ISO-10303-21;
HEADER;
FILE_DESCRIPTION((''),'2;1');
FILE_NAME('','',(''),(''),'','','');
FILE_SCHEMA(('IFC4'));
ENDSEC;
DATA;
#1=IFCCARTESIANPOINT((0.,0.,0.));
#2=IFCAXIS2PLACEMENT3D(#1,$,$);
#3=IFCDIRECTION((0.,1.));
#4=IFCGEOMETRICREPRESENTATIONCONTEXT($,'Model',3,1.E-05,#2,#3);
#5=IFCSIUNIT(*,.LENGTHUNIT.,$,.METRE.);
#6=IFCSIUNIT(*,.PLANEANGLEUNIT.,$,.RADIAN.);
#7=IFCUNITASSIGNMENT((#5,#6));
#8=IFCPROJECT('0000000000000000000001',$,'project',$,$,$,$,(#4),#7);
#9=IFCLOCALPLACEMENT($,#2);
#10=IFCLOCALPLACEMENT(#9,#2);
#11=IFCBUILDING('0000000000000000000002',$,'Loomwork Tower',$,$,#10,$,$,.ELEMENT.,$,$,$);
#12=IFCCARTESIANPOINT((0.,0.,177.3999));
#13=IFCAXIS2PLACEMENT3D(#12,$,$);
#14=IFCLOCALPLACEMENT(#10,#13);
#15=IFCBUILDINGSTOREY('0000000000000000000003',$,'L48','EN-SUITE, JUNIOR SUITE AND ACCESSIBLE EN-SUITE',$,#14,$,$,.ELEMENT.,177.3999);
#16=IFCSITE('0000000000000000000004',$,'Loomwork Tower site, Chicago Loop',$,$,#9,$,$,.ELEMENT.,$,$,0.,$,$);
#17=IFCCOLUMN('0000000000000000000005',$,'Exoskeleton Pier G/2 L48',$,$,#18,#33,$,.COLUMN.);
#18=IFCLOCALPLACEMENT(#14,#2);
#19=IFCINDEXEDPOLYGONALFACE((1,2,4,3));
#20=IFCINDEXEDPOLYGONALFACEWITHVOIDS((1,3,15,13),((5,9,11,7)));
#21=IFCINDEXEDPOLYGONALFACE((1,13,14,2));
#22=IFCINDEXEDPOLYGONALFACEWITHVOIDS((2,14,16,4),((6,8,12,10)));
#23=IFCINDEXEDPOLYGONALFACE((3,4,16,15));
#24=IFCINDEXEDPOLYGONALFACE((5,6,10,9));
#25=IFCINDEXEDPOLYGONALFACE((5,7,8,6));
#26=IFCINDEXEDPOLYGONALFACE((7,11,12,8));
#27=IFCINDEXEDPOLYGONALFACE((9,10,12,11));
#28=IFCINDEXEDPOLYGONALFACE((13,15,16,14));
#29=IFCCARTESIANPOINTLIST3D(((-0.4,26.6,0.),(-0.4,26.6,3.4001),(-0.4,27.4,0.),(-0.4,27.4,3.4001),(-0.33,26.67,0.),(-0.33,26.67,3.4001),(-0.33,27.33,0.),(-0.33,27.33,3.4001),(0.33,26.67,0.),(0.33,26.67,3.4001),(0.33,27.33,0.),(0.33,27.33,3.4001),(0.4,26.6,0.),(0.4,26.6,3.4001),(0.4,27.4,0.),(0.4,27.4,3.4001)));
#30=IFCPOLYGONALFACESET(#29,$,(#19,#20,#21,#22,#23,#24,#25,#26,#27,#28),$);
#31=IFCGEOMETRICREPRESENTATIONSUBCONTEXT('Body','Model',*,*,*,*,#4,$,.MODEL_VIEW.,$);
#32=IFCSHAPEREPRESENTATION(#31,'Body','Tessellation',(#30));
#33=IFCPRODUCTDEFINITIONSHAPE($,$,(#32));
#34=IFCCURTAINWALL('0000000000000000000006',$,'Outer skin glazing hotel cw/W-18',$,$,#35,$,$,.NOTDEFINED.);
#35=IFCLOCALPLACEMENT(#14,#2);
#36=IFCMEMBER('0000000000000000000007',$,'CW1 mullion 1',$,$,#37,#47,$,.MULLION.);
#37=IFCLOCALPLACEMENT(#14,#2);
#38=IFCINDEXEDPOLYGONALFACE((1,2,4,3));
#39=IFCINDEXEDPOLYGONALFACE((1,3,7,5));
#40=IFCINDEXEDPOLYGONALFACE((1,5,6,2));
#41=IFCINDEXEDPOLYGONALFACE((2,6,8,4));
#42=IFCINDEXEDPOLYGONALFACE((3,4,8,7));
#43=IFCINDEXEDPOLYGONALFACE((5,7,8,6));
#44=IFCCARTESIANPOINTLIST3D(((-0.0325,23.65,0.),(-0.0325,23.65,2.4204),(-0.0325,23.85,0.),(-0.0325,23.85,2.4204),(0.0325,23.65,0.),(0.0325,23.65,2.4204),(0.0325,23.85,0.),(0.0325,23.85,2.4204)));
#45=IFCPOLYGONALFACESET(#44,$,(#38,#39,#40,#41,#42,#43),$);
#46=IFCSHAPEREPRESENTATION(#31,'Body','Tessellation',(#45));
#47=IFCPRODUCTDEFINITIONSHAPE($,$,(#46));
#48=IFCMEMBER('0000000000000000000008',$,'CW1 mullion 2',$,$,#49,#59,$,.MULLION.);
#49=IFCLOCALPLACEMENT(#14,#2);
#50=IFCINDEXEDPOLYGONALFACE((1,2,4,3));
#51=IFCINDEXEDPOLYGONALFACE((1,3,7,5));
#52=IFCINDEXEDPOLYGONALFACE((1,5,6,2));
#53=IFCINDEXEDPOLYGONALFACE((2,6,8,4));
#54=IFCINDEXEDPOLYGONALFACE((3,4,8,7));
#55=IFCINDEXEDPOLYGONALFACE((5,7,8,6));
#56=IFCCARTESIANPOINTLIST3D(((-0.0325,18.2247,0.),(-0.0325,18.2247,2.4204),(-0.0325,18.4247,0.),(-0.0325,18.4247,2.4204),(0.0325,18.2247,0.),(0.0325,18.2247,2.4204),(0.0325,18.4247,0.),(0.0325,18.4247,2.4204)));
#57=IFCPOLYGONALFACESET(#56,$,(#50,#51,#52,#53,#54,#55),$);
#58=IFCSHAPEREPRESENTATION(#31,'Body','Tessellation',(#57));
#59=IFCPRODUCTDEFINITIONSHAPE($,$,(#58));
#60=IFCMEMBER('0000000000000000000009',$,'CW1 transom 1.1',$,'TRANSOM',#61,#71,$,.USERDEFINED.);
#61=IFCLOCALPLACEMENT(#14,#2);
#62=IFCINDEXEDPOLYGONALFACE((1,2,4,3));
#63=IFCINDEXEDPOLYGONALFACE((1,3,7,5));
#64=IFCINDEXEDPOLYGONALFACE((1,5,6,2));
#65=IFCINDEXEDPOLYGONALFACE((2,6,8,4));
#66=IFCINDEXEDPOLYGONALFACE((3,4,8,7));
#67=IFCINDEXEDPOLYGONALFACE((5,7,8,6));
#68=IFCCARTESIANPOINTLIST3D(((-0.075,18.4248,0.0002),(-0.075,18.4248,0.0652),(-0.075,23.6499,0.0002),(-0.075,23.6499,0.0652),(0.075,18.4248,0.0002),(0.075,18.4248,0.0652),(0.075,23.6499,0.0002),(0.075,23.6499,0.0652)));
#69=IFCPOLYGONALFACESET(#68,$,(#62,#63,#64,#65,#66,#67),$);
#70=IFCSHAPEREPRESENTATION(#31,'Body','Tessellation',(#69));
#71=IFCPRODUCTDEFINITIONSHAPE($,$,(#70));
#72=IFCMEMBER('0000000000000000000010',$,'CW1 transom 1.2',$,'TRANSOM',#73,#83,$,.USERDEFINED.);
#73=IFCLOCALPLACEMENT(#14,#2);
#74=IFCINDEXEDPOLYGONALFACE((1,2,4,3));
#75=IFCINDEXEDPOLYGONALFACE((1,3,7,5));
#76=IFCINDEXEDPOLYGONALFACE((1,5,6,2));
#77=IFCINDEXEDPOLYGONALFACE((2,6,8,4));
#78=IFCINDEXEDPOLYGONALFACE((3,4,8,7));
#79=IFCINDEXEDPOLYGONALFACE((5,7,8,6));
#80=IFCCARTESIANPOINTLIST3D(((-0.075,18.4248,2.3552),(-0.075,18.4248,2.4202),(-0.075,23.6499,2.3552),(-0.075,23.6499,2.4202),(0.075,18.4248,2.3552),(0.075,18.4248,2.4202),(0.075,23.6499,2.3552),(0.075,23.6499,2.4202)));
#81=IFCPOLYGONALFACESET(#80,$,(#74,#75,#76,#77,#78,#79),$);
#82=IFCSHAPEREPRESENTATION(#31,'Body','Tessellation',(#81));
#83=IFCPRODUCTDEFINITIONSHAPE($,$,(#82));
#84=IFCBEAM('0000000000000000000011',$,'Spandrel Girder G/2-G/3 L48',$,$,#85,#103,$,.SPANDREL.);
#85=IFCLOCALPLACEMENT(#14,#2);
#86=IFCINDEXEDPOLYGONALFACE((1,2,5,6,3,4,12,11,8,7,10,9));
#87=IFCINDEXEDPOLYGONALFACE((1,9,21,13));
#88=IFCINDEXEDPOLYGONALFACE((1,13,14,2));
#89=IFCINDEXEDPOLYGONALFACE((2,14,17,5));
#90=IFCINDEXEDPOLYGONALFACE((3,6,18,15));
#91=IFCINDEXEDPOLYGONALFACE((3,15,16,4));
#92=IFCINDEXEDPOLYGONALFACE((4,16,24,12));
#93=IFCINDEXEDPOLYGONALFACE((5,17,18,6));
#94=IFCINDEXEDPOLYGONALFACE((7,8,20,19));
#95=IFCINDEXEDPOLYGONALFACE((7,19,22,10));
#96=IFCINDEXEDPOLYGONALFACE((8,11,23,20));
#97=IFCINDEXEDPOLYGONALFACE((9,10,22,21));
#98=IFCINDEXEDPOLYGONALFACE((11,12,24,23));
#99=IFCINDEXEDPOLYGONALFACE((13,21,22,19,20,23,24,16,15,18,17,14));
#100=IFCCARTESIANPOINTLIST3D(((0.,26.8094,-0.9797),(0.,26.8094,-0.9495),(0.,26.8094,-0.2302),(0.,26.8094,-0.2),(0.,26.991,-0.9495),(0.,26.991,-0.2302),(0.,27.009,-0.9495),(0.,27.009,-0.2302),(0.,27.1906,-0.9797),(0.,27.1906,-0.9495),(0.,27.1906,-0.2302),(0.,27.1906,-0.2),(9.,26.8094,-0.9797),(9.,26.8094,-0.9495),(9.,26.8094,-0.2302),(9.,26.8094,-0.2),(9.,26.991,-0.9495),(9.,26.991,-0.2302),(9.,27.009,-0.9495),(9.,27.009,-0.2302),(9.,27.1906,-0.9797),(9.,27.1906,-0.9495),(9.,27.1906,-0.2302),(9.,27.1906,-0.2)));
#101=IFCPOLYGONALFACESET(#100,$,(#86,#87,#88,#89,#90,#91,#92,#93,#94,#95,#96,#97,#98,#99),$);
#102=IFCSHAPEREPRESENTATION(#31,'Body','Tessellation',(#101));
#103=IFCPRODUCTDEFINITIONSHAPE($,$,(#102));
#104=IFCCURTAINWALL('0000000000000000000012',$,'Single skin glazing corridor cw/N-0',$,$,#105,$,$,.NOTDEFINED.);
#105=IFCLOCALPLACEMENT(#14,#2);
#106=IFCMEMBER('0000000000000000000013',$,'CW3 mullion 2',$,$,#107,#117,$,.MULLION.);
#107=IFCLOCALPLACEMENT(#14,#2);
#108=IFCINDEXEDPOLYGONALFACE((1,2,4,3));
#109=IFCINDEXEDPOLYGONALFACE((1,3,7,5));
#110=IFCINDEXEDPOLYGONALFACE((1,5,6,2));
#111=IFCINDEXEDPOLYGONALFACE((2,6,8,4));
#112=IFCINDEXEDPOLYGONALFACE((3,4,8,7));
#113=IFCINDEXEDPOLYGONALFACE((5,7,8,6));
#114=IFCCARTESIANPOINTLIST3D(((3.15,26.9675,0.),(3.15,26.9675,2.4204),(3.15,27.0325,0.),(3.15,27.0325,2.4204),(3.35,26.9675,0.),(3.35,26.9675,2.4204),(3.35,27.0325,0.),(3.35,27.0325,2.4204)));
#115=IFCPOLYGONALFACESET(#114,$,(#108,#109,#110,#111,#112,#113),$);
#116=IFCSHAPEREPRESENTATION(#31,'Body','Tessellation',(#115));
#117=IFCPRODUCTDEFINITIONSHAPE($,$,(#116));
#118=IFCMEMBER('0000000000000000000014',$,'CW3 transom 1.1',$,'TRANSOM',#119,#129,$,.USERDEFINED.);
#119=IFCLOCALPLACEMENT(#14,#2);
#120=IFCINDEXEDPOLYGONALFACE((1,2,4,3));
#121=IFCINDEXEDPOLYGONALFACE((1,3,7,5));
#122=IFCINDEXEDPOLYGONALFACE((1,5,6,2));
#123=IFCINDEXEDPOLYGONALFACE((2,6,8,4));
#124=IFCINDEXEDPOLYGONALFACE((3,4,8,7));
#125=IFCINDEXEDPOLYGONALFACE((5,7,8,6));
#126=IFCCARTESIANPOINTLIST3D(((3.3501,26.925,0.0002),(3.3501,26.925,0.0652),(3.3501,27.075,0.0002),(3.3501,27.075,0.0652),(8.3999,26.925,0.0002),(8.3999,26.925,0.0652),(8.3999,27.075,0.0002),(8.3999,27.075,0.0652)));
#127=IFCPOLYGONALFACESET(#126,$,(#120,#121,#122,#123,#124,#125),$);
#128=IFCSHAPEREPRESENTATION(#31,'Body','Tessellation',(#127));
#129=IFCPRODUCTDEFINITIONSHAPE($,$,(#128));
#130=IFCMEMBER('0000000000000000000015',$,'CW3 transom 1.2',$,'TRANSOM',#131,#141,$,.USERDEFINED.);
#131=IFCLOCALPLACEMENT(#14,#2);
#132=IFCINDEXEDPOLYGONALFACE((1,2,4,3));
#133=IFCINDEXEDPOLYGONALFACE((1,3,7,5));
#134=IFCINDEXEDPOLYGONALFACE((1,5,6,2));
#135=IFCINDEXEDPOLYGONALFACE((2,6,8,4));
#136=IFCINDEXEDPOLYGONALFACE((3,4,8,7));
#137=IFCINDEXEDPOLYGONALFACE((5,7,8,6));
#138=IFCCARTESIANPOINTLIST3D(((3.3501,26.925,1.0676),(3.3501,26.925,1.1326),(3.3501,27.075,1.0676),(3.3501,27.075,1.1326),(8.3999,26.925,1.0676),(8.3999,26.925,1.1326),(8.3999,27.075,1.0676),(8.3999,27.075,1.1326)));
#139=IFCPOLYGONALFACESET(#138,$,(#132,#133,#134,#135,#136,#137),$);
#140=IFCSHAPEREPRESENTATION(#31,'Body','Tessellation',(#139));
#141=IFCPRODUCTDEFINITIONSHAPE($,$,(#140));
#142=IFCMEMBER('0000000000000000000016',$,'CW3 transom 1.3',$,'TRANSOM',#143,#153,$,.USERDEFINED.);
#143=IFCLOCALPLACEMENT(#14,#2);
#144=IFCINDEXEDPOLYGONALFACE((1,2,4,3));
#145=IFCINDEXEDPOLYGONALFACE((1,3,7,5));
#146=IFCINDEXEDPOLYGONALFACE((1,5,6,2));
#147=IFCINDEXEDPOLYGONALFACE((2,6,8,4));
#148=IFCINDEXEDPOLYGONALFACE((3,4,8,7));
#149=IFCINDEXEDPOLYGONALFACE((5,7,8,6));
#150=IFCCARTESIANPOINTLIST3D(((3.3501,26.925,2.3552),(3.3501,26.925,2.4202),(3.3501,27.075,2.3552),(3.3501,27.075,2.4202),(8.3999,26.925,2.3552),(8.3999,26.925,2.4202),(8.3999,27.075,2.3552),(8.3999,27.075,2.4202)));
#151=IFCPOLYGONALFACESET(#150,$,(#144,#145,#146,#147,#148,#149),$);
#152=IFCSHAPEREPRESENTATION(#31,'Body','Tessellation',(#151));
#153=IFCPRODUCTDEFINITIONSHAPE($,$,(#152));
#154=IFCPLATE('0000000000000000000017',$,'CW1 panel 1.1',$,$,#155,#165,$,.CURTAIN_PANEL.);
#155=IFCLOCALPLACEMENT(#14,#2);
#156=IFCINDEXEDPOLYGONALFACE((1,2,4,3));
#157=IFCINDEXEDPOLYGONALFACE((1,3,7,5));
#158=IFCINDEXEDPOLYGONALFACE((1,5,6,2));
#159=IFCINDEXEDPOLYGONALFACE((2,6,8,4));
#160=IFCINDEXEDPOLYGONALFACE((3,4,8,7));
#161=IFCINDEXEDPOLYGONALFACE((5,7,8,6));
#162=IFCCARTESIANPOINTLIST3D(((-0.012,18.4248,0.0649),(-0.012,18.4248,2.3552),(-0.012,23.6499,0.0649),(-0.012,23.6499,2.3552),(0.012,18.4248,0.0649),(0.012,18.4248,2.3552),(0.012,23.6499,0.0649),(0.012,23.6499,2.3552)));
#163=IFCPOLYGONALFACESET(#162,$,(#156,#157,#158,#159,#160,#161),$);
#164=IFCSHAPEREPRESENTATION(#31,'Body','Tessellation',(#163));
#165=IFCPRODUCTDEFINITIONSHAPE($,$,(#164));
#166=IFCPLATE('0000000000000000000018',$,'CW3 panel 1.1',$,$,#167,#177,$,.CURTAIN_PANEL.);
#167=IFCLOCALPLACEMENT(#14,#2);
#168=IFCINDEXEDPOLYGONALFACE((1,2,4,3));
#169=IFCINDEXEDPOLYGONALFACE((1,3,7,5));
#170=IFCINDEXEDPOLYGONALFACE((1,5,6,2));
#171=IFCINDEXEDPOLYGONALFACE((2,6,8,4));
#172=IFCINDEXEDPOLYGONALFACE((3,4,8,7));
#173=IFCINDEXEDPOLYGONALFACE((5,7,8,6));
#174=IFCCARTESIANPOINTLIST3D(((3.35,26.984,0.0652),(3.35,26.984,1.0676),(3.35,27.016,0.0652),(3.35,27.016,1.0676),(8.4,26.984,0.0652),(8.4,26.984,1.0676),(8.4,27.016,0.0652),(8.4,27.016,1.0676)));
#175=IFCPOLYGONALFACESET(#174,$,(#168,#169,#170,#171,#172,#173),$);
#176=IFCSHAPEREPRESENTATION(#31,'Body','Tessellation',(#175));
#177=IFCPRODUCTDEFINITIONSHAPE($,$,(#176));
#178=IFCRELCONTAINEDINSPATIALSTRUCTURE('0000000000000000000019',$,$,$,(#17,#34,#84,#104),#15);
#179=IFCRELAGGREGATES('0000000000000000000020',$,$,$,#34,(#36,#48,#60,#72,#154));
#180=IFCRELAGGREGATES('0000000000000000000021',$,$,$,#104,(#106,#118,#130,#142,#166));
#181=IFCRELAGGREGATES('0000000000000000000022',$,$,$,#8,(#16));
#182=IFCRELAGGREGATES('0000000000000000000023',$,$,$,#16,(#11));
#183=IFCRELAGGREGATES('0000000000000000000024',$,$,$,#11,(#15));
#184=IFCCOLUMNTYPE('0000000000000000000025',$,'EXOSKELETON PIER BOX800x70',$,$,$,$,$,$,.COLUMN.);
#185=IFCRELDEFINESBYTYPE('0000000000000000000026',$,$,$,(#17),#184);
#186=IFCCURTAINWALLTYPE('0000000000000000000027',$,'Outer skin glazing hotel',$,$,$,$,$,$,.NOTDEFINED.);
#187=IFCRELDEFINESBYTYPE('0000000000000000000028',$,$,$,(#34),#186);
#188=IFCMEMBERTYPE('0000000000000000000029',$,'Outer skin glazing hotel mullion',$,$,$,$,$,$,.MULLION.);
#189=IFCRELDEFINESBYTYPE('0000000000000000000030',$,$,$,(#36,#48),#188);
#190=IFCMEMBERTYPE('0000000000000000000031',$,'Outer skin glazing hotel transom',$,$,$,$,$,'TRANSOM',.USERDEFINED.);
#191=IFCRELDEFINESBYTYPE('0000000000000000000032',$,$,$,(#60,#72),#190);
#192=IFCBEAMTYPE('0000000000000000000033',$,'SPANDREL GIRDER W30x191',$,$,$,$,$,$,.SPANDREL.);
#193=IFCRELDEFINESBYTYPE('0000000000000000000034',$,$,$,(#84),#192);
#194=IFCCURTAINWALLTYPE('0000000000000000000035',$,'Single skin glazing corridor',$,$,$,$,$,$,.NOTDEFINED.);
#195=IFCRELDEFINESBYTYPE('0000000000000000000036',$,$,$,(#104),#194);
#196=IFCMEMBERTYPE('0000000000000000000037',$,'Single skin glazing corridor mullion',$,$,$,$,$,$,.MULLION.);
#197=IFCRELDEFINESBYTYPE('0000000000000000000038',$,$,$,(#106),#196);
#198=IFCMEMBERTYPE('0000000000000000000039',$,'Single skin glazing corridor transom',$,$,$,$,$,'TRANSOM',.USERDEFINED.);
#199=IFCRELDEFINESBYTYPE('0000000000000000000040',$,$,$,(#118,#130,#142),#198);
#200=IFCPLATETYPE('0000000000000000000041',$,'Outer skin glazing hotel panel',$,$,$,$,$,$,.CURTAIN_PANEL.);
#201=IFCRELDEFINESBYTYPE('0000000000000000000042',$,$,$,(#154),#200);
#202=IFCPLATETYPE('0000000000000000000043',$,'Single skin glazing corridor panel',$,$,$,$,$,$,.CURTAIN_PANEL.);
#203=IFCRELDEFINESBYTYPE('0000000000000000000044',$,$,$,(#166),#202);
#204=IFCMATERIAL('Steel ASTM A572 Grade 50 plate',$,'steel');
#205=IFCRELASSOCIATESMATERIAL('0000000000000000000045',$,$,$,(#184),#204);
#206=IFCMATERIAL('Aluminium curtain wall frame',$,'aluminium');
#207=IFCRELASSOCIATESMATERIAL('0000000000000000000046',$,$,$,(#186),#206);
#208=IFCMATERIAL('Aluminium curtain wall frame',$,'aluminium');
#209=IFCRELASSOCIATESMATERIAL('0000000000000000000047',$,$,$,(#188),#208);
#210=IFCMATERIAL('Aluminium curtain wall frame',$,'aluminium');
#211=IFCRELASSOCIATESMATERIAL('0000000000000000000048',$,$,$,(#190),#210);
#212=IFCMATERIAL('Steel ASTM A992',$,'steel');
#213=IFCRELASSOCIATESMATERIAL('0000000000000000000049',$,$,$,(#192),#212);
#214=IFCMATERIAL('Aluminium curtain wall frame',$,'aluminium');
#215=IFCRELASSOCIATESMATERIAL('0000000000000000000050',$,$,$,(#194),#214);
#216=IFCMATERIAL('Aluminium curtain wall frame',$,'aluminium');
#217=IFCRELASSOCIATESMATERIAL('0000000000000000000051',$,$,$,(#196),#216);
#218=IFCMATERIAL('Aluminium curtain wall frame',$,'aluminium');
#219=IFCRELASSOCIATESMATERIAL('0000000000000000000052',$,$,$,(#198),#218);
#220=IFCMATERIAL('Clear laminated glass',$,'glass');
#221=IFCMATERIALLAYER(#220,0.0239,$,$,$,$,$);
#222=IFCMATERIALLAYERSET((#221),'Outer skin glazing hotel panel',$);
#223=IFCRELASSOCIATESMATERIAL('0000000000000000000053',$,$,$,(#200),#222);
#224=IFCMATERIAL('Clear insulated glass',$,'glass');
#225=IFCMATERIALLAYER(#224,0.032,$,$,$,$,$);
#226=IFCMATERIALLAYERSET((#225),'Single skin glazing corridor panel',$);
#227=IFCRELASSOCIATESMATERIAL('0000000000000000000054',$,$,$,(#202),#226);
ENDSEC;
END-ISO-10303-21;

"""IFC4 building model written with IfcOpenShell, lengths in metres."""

from ifc_helpers import new_model, si_unit, direction, frame, origin, origin_2d, place, context, subcontext, project, spatial, rectangle, hollow_rectangle, i_section, extrude, material, layer, layer_set, material_profile, profile_set, type_object, element, aggregate, save


model = new_model("IFC4")

# Units and contexts
model_context = context("Model", 3, precision=1e-05, world=origin(), true_north=direction((0.0, 1.0)))
body_context = subcontext(model_context, "Body", "Model", "MODEL_VIEW")
ifc_project = project(units=[si_unit("LENGTHUNIT", "METRE"), si_unit("PLANEANGLEUNIT", "RADIAN")], contexts=[model_context])

# Site, building, storey
site_placement = place(None, origin())
site = spatial("IfcSite", under=ifc_project, at=site_placement, Name="Loomwork Tower site, Chicago Loop", CompositionType="ELEMENT", RefElevation=0.0)
building_placement = place(site_placement, origin())
building = spatial("IfcBuilding", under=site, at=building_placement, Name="Loomwork Tower", CompositionType="ELEMENT")
storey_placement = place(building_placement, frame((0.0, 0.0, 177.3999)))
storey = spatial("IfcBuildingStorey", under=building, at=storey_placement, Name="L48", Description="EN-SUITE, JUNIOR SUITE AND ACCESSIBLE EN-SUITE", CompositionType="ELEMENT", Elevation=177.3999)

# Column
ifc_material_1 = material(Name="Steel ASTM A572 Grade 50 plate", Category="steel")
ifc_material_profile_1 = material_profile(ifc_material_1, hollow_rectangle(XDim=0.8, YDim=0.8, WallThickness=0.0701, at=origin_2d()), Name="BOX800x70")
ifc_profile_set_1 = profile_set([ifc_material_profile_1], Name="Steel ASTM A572 Grade 50 plate")
column_type = type_object("IfcColumnType", Name="EXOSKELETON PIER BOX800x70", PredefinedType="COLUMN", material=ifc_profile_set_1)
column_placement = place(storey_placement, frame((0.0, 27.0, 0.0), z_axis=(0.0, 0.0, 1.0), x_axis=(0.0, 1.0, 0.0)))
element("IfcColumn", 1, at=column_placement, inside=storey, type_object=column_type, Name="Exoskeleton Pier G/2 L48", PredefinedType="COLUMN", context=body_context, shape_type="SweptSolid", body=[
    extrude(hollow_rectangle(XDim=0.8, YDim=0.8, WallThickness=0.0701, at=origin_2d()), origin(), (0.0, 0.0, 1.0), 3.4001),
])

# Curtain wall, members
ifc_material_2 = material(Name="Aluminium curtain wall frame", Category="aluminium")
curtain_wall_type_1 = type_object("IfcCurtainWallType", Name="Outer skin glazing hotel", PredefinedType="NOTDEFINED", material=ifc_material_2)
curtain_wall_1_placement = place(storey_placement, origin())
curtain_wall_1 = element("IfcCurtainWall", 2, at=curtain_wall_1_placement, inside=storey, type_object=curtain_wall_type_1, Name="Outer skin glazing hotel cw/W-18", PredefinedType="NOTDEFINED")
ifc_material_3 = material(Name="Aluminium curtain wall frame", Category="aluminium")
ifc_material_profile_2 = material_profile(ifc_material_3, rectangle(XDim=0.0649, YDim=0.2, at=origin_2d()), Name="AL 65x200")
ifc_profile_set_2 = profile_set([ifc_material_profile_2], Name="Aluminium curtain wall frame")
member_type_1 = type_object("IfcMemberType", Name="Outer skin glazing hotel mullion", PredefinedType="MULLION", material=ifc_profile_set_2)
member_1_placement = place(storey_placement, frame((0.0, 23.75, 0.0), z_axis=(0.0, 0.0, 1.0), x_axis=(1.0, 0.0, 0.0)))
member_1 = element("IfcMember", 3, at=member_1_placement, type_object=member_type_1, Name="CW1 mullion 1", PredefinedType="MULLION", context=body_context, shape_type="SweptSolid", body=[
    extrude(rectangle(XDim=0.0649, YDim=0.2, at=origin_2d()), origin(), (0.0, 0.0, 1.0), 2.4204),
])
member_2_placement = place(storey_placement, frame((0.0, 18.3247, 0.0), z_axis=(0.0, 0.0, 1.0), x_axis=(1.0, 0.0, 0.0)))
member_2 = element("IfcMember", 4, at=member_2_placement, type_object=member_type_1, Name="CW1 mullion 2", PredefinedType="MULLION", context=body_context, shape_type="SweptSolid", body=[
    extrude(rectangle(XDim=0.0649, YDim=0.2, at=origin_2d()), origin(), (0.0, 0.0, 1.0), 2.4204),
])
ifc_material_4 = material(Name="Aluminium curtain wall frame", Category="aluminium")
ifc_material_profile_3 = material_profile(ifc_material_4, rectangle(XDim=0.1499, YDim=0.0649, at=origin_2d()), Name="AL 65x150")
ifc_profile_set_3 = profile_set([ifc_material_profile_3], Name="Aluminium curtain wall frame")
member_type_2 = type_object("IfcMemberType", Name="Outer skin glazing hotel transom", ElementType="TRANSOM", PredefinedType="USERDEFINED", material=ifc_profile_set_3)
member_3_placement = place(storey_placement, frame((0.0, 23.6499, 0.0327), z_axis=(0.0, -1.0, 0.0), x_axis=(1.0, 0.0, 0.0)))
member_3 = element("IfcMember", 5, at=member_3_placement, type_object=member_type_2, Name="CW1 transom 1.1", ObjectType="TRANSOM", PredefinedType="USERDEFINED", context=body_context, shape_type="SweptSolid", body=[
    extrude(rectangle(XDim=0.1499, YDim=0.0649, at=origin_2d()), origin(), (0.0, 0.0, 1.0), 5.2251),
])
member_4_placement = place(storey_placement, frame((0.0, 23.6499, 2.3877), z_axis=(0.0, -1.0, 0.0), x_axis=(1.0, 0.0, 0.0)))
member_4 = element("IfcMember", 6, at=member_4_placement, type_object=member_type_2, Name="CW1 transom 1.2", ObjectType="TRANSOM", PredefinedType="USERDEFINED", context=body_context, shape_type="SweptSolid", body=[
    extrude(rectangle(XDim=0.1499, YDim=0.0649, at=origin_2d()), origin(), (0.0, 0.0, 1.0), 5.2251),
])

# Beam
ifc_material_5 = material(Name="Steel ASTM A992", Category="steel")
ifc_material_profile_4 = material_profile(ifc_material_5, i_section(OverallWidth=0.3811, OverallDepth=0.7798, WebThickness=0.0181, FlangeThickness=0.0303, at=origin_2d()), Name="W30x191")
ifc_profile_set_4 = profile_set([ifc_material_profile_4], Name="Steel ASTM A992")
beam_type = type_object("IfcBeamType", Name="SPANDREL GIRDER W30x191", PredefinedType="SPANDREL", material=ifc_profile_set_4)
beam_placement = place(storey_placement, frame((0.0, 27.0, -0.5898), z_axis=(1.0, 0.0, 0.0), x_axis=(0.0, 1.0, 0.0)))
element("IfcBeam", 7, at=beam_placement, inside=storey, type_object=beam_type, Name="Spandrel Girder G/2-G/3 L48", PredefinedType="SPANDREL", context=body_context, shape_type="SweptSolid", body=[
    extrude(i_section(OverallWidth=0.3811, OverallDepth=0.7798, WebThickness=0.0181, FlangeThickness=0.0303, at=origin_2d()), origin(), (0.0, 0.0, 1.0), 9.0),
])

# Curtain wall, members
ifc_material_6 = material(Name="Aluminium curtain wall frame", Category="aluminium")
curtain_wall_type_2 = type_object("IfcCurtainWallType", Name="Single skin glazing corridor", PredefinedType="NOTDEFINED", material=ifc_material_6)
curtain_wall_2_placement = place(storey_placement, origin())
curtain_wall_2 = element("IfcCurtainWall", 8, at=curtain_wall_2_placement, inside=storey, type_object=curtain_wall_type_2, Name="Single skin glazing corridor cw/N-0", PredefinedType="NOTDEFINED")
ifc_material_7 = material(Name="Aluminium curtain wall frame", Category="aluminium")
ifc_material_profile_5 = material_profile(ifc_material_7, rectangle(XDim=0.0649, YDim=0.2, at=origin_2d()), Name="AL 65x200")
ifc_profile_set_5 = profile_set([ifc_material_profile_5], Name="Aluminium curtain wall frame")
member_type_3 = type_object("IfcMemberType", Name="Single skin glazing corridor mullion", PredefinedType="MULLION", material=ifc_profile_set_5)
member_5_placement = place(storey_placement, frame((3.25, 27.0, 0.0), z_axis=(0.0, 0.0, 1.0), x_axis=(0.0, -1.0, 0.0)))
member_5 = element("IfcMember", 9, at=member_5_placement, type_object=member_type_3, Name="CW3 mullion 2", PredefinedType="MULLION", context=body_context, shape_type="SweptSolid", body=[
    extrude(rectangle(XDim=0.0649, YDim=0.2, at=origin_2d()), origin(), (0.0, 0.0, 1.0), 2.4204),
])
ifc_material_8 = material(Name="Aluminium curtain wall frame", Category="aluminium")
ifc_material_profile_6 = material_profile(ifc_material_8, rectangle(XDim=0.1499, YDim=0.0649, at=origin_2d()), Name="AL 65x150")
ifc_profile_set_6 = profile_set([ifc_material_profile_6], Name="Aluminium curtain wall frame")
member_type_4 = type_object("IfcMemberType", Name="Single skin glazing corridor transom", ElementType="TRANSOM", PredefinedType="USERDEFINED", material=ifc_profile_set_6)
member_6_placement = place(storey_placement, frame((8.3999, 27.0, 0.0327), z_axis=(-1.0, 0.0, 0.0), x_axis=(0.0, -1.0, 0.0)))
member_6 = element("IfcMember", 10, at=member_6_placement, type_object=member_type_4, Name="CW3 transom 1.1", ObjectType="TRANSOM", PredefinedType="USERDEFINED", context=body_context, shape_type="SweptSolid", body=[
    extrude(rectangle(XDim=0.1499, YDim=0.0649, at=origin_2d()), origin(), (0.0, 0.0, 1.0), 5.0498),
])
member_7_placement = place(storey_placement, frame((8.3999, 27.0, 1.1001), z_axis=(-1.0, 0.0, 0.0), x_axis=(0.0, -1.0, 0.0)))
member_7 = element("IfcMember", 11, at=member_7_placement, type_object=member_type_4, Name="CW3 transom 1.2", ObjectType="TRANSOM", PredefinedType="USERDEFINED", context=body_context, shape_type="SweptSolid", body=[
    extrude(rectangle(XDim=0.1499, YDim=0.0649, at=origin_2d()), origin(), (0.0, 0.0, 1.0), 5.0498),
])
member_8_placement = place(storey_placement, frame((8.3999, 27.0, 2.3877), z_axis=(-1.0, 0.0, 0.0), x_axis=(0.0, -1.0, 0.0)))
member_8 = element("IfcMember", 12, at=member_8_placement, type_object=member_type_4, Name="CW3 transom 1.3", ObjectType="TRANSOM", PredefinedType="USERDEFINED", context=body_context, shape_type="SweptSolid", body=[
    extrude(rectangle(XDim=0.1499, YDim=0.0649, at=origin_2d()), origin(), (0.0, 0.0, 1.0), 5.0498),
])

# Plates
ifc_material_9 = material(Name="Clear laminated glass", Category="glass")
ifc_layer_1 = layer(ifc_material_9, 0.0239)
ifc_layer_set_1 = layer_set([ifc_layer_1], Name="Outer skin glazing hotel panel")
plate_type_1 = type_object("IfcPlateType", Name="Outer skin glazing hotel panel", PredefinedType="CURTAIN_PANEL", material=ifc_layer_set_1)
plate_1_placement = place(storey_placement, frame((0.0, 21.0374, 0.0649), z_axis=(0.0, 0.0, 1.0), x_axis=(0.0, -1.0, 0.0)))
plate_1 = element("IfcPlate", 13, at=plate_1_placement, type_object=plate_type_1, Name="CW1 panel 1.1", PredefinedType="CURTAIN_PANEL", context=body_context, shape_type="SweptSolid", body=[
    extrude(rectangle(XDim=5.2251, YDim=0.0239, at=origin_2d()), origin(), (0.0, 0.0, 1.0), 2.2903),
])
aggregate(curtain_wall_1, [member_1, member_2, member_3, member_4, plate_1])
ifc_material_10 = material(Name="Clear insulated glass", Category="glass")
ifc_layer_2 = layer(ifc_material_10, 0.032)
ifc_layer_set_2 = layer_set([ifc_layer_2], Name="Single skin glazing corridor panel")
plate_type_2 = type_object("IfcPlateType", Name="Single skin glazing corridor panel", PredefinedType="CURTAIN_PANEL", material=ifc_layer_set_2)
plate_2_placement = place(storey_placement, frame((5.875, 27.0, 0.0652), z_axis=(0.0, 0.0, 1.0), x_axis=(-1.0, 0.0, 0.0)))
plate_2 = element("IfcPlate", 14, at=plate_2_placement, type_object=plate_type_2, Name="CW3 panel 1.1", PredefinedType="CURTAIN_PANEL", context=body_context, shape_type="SweptSolid", body=[
    extrude(rectangle(XDim=5.05, YDim=0.032, at=origin_2d()), origin(), (0.0, 0.0, 1.0), 1.0024),
])
aggregate(curtain_wall_2, [member_5, member_6, member_7, member_8, plate_2])

save(model, "model.ifc")
